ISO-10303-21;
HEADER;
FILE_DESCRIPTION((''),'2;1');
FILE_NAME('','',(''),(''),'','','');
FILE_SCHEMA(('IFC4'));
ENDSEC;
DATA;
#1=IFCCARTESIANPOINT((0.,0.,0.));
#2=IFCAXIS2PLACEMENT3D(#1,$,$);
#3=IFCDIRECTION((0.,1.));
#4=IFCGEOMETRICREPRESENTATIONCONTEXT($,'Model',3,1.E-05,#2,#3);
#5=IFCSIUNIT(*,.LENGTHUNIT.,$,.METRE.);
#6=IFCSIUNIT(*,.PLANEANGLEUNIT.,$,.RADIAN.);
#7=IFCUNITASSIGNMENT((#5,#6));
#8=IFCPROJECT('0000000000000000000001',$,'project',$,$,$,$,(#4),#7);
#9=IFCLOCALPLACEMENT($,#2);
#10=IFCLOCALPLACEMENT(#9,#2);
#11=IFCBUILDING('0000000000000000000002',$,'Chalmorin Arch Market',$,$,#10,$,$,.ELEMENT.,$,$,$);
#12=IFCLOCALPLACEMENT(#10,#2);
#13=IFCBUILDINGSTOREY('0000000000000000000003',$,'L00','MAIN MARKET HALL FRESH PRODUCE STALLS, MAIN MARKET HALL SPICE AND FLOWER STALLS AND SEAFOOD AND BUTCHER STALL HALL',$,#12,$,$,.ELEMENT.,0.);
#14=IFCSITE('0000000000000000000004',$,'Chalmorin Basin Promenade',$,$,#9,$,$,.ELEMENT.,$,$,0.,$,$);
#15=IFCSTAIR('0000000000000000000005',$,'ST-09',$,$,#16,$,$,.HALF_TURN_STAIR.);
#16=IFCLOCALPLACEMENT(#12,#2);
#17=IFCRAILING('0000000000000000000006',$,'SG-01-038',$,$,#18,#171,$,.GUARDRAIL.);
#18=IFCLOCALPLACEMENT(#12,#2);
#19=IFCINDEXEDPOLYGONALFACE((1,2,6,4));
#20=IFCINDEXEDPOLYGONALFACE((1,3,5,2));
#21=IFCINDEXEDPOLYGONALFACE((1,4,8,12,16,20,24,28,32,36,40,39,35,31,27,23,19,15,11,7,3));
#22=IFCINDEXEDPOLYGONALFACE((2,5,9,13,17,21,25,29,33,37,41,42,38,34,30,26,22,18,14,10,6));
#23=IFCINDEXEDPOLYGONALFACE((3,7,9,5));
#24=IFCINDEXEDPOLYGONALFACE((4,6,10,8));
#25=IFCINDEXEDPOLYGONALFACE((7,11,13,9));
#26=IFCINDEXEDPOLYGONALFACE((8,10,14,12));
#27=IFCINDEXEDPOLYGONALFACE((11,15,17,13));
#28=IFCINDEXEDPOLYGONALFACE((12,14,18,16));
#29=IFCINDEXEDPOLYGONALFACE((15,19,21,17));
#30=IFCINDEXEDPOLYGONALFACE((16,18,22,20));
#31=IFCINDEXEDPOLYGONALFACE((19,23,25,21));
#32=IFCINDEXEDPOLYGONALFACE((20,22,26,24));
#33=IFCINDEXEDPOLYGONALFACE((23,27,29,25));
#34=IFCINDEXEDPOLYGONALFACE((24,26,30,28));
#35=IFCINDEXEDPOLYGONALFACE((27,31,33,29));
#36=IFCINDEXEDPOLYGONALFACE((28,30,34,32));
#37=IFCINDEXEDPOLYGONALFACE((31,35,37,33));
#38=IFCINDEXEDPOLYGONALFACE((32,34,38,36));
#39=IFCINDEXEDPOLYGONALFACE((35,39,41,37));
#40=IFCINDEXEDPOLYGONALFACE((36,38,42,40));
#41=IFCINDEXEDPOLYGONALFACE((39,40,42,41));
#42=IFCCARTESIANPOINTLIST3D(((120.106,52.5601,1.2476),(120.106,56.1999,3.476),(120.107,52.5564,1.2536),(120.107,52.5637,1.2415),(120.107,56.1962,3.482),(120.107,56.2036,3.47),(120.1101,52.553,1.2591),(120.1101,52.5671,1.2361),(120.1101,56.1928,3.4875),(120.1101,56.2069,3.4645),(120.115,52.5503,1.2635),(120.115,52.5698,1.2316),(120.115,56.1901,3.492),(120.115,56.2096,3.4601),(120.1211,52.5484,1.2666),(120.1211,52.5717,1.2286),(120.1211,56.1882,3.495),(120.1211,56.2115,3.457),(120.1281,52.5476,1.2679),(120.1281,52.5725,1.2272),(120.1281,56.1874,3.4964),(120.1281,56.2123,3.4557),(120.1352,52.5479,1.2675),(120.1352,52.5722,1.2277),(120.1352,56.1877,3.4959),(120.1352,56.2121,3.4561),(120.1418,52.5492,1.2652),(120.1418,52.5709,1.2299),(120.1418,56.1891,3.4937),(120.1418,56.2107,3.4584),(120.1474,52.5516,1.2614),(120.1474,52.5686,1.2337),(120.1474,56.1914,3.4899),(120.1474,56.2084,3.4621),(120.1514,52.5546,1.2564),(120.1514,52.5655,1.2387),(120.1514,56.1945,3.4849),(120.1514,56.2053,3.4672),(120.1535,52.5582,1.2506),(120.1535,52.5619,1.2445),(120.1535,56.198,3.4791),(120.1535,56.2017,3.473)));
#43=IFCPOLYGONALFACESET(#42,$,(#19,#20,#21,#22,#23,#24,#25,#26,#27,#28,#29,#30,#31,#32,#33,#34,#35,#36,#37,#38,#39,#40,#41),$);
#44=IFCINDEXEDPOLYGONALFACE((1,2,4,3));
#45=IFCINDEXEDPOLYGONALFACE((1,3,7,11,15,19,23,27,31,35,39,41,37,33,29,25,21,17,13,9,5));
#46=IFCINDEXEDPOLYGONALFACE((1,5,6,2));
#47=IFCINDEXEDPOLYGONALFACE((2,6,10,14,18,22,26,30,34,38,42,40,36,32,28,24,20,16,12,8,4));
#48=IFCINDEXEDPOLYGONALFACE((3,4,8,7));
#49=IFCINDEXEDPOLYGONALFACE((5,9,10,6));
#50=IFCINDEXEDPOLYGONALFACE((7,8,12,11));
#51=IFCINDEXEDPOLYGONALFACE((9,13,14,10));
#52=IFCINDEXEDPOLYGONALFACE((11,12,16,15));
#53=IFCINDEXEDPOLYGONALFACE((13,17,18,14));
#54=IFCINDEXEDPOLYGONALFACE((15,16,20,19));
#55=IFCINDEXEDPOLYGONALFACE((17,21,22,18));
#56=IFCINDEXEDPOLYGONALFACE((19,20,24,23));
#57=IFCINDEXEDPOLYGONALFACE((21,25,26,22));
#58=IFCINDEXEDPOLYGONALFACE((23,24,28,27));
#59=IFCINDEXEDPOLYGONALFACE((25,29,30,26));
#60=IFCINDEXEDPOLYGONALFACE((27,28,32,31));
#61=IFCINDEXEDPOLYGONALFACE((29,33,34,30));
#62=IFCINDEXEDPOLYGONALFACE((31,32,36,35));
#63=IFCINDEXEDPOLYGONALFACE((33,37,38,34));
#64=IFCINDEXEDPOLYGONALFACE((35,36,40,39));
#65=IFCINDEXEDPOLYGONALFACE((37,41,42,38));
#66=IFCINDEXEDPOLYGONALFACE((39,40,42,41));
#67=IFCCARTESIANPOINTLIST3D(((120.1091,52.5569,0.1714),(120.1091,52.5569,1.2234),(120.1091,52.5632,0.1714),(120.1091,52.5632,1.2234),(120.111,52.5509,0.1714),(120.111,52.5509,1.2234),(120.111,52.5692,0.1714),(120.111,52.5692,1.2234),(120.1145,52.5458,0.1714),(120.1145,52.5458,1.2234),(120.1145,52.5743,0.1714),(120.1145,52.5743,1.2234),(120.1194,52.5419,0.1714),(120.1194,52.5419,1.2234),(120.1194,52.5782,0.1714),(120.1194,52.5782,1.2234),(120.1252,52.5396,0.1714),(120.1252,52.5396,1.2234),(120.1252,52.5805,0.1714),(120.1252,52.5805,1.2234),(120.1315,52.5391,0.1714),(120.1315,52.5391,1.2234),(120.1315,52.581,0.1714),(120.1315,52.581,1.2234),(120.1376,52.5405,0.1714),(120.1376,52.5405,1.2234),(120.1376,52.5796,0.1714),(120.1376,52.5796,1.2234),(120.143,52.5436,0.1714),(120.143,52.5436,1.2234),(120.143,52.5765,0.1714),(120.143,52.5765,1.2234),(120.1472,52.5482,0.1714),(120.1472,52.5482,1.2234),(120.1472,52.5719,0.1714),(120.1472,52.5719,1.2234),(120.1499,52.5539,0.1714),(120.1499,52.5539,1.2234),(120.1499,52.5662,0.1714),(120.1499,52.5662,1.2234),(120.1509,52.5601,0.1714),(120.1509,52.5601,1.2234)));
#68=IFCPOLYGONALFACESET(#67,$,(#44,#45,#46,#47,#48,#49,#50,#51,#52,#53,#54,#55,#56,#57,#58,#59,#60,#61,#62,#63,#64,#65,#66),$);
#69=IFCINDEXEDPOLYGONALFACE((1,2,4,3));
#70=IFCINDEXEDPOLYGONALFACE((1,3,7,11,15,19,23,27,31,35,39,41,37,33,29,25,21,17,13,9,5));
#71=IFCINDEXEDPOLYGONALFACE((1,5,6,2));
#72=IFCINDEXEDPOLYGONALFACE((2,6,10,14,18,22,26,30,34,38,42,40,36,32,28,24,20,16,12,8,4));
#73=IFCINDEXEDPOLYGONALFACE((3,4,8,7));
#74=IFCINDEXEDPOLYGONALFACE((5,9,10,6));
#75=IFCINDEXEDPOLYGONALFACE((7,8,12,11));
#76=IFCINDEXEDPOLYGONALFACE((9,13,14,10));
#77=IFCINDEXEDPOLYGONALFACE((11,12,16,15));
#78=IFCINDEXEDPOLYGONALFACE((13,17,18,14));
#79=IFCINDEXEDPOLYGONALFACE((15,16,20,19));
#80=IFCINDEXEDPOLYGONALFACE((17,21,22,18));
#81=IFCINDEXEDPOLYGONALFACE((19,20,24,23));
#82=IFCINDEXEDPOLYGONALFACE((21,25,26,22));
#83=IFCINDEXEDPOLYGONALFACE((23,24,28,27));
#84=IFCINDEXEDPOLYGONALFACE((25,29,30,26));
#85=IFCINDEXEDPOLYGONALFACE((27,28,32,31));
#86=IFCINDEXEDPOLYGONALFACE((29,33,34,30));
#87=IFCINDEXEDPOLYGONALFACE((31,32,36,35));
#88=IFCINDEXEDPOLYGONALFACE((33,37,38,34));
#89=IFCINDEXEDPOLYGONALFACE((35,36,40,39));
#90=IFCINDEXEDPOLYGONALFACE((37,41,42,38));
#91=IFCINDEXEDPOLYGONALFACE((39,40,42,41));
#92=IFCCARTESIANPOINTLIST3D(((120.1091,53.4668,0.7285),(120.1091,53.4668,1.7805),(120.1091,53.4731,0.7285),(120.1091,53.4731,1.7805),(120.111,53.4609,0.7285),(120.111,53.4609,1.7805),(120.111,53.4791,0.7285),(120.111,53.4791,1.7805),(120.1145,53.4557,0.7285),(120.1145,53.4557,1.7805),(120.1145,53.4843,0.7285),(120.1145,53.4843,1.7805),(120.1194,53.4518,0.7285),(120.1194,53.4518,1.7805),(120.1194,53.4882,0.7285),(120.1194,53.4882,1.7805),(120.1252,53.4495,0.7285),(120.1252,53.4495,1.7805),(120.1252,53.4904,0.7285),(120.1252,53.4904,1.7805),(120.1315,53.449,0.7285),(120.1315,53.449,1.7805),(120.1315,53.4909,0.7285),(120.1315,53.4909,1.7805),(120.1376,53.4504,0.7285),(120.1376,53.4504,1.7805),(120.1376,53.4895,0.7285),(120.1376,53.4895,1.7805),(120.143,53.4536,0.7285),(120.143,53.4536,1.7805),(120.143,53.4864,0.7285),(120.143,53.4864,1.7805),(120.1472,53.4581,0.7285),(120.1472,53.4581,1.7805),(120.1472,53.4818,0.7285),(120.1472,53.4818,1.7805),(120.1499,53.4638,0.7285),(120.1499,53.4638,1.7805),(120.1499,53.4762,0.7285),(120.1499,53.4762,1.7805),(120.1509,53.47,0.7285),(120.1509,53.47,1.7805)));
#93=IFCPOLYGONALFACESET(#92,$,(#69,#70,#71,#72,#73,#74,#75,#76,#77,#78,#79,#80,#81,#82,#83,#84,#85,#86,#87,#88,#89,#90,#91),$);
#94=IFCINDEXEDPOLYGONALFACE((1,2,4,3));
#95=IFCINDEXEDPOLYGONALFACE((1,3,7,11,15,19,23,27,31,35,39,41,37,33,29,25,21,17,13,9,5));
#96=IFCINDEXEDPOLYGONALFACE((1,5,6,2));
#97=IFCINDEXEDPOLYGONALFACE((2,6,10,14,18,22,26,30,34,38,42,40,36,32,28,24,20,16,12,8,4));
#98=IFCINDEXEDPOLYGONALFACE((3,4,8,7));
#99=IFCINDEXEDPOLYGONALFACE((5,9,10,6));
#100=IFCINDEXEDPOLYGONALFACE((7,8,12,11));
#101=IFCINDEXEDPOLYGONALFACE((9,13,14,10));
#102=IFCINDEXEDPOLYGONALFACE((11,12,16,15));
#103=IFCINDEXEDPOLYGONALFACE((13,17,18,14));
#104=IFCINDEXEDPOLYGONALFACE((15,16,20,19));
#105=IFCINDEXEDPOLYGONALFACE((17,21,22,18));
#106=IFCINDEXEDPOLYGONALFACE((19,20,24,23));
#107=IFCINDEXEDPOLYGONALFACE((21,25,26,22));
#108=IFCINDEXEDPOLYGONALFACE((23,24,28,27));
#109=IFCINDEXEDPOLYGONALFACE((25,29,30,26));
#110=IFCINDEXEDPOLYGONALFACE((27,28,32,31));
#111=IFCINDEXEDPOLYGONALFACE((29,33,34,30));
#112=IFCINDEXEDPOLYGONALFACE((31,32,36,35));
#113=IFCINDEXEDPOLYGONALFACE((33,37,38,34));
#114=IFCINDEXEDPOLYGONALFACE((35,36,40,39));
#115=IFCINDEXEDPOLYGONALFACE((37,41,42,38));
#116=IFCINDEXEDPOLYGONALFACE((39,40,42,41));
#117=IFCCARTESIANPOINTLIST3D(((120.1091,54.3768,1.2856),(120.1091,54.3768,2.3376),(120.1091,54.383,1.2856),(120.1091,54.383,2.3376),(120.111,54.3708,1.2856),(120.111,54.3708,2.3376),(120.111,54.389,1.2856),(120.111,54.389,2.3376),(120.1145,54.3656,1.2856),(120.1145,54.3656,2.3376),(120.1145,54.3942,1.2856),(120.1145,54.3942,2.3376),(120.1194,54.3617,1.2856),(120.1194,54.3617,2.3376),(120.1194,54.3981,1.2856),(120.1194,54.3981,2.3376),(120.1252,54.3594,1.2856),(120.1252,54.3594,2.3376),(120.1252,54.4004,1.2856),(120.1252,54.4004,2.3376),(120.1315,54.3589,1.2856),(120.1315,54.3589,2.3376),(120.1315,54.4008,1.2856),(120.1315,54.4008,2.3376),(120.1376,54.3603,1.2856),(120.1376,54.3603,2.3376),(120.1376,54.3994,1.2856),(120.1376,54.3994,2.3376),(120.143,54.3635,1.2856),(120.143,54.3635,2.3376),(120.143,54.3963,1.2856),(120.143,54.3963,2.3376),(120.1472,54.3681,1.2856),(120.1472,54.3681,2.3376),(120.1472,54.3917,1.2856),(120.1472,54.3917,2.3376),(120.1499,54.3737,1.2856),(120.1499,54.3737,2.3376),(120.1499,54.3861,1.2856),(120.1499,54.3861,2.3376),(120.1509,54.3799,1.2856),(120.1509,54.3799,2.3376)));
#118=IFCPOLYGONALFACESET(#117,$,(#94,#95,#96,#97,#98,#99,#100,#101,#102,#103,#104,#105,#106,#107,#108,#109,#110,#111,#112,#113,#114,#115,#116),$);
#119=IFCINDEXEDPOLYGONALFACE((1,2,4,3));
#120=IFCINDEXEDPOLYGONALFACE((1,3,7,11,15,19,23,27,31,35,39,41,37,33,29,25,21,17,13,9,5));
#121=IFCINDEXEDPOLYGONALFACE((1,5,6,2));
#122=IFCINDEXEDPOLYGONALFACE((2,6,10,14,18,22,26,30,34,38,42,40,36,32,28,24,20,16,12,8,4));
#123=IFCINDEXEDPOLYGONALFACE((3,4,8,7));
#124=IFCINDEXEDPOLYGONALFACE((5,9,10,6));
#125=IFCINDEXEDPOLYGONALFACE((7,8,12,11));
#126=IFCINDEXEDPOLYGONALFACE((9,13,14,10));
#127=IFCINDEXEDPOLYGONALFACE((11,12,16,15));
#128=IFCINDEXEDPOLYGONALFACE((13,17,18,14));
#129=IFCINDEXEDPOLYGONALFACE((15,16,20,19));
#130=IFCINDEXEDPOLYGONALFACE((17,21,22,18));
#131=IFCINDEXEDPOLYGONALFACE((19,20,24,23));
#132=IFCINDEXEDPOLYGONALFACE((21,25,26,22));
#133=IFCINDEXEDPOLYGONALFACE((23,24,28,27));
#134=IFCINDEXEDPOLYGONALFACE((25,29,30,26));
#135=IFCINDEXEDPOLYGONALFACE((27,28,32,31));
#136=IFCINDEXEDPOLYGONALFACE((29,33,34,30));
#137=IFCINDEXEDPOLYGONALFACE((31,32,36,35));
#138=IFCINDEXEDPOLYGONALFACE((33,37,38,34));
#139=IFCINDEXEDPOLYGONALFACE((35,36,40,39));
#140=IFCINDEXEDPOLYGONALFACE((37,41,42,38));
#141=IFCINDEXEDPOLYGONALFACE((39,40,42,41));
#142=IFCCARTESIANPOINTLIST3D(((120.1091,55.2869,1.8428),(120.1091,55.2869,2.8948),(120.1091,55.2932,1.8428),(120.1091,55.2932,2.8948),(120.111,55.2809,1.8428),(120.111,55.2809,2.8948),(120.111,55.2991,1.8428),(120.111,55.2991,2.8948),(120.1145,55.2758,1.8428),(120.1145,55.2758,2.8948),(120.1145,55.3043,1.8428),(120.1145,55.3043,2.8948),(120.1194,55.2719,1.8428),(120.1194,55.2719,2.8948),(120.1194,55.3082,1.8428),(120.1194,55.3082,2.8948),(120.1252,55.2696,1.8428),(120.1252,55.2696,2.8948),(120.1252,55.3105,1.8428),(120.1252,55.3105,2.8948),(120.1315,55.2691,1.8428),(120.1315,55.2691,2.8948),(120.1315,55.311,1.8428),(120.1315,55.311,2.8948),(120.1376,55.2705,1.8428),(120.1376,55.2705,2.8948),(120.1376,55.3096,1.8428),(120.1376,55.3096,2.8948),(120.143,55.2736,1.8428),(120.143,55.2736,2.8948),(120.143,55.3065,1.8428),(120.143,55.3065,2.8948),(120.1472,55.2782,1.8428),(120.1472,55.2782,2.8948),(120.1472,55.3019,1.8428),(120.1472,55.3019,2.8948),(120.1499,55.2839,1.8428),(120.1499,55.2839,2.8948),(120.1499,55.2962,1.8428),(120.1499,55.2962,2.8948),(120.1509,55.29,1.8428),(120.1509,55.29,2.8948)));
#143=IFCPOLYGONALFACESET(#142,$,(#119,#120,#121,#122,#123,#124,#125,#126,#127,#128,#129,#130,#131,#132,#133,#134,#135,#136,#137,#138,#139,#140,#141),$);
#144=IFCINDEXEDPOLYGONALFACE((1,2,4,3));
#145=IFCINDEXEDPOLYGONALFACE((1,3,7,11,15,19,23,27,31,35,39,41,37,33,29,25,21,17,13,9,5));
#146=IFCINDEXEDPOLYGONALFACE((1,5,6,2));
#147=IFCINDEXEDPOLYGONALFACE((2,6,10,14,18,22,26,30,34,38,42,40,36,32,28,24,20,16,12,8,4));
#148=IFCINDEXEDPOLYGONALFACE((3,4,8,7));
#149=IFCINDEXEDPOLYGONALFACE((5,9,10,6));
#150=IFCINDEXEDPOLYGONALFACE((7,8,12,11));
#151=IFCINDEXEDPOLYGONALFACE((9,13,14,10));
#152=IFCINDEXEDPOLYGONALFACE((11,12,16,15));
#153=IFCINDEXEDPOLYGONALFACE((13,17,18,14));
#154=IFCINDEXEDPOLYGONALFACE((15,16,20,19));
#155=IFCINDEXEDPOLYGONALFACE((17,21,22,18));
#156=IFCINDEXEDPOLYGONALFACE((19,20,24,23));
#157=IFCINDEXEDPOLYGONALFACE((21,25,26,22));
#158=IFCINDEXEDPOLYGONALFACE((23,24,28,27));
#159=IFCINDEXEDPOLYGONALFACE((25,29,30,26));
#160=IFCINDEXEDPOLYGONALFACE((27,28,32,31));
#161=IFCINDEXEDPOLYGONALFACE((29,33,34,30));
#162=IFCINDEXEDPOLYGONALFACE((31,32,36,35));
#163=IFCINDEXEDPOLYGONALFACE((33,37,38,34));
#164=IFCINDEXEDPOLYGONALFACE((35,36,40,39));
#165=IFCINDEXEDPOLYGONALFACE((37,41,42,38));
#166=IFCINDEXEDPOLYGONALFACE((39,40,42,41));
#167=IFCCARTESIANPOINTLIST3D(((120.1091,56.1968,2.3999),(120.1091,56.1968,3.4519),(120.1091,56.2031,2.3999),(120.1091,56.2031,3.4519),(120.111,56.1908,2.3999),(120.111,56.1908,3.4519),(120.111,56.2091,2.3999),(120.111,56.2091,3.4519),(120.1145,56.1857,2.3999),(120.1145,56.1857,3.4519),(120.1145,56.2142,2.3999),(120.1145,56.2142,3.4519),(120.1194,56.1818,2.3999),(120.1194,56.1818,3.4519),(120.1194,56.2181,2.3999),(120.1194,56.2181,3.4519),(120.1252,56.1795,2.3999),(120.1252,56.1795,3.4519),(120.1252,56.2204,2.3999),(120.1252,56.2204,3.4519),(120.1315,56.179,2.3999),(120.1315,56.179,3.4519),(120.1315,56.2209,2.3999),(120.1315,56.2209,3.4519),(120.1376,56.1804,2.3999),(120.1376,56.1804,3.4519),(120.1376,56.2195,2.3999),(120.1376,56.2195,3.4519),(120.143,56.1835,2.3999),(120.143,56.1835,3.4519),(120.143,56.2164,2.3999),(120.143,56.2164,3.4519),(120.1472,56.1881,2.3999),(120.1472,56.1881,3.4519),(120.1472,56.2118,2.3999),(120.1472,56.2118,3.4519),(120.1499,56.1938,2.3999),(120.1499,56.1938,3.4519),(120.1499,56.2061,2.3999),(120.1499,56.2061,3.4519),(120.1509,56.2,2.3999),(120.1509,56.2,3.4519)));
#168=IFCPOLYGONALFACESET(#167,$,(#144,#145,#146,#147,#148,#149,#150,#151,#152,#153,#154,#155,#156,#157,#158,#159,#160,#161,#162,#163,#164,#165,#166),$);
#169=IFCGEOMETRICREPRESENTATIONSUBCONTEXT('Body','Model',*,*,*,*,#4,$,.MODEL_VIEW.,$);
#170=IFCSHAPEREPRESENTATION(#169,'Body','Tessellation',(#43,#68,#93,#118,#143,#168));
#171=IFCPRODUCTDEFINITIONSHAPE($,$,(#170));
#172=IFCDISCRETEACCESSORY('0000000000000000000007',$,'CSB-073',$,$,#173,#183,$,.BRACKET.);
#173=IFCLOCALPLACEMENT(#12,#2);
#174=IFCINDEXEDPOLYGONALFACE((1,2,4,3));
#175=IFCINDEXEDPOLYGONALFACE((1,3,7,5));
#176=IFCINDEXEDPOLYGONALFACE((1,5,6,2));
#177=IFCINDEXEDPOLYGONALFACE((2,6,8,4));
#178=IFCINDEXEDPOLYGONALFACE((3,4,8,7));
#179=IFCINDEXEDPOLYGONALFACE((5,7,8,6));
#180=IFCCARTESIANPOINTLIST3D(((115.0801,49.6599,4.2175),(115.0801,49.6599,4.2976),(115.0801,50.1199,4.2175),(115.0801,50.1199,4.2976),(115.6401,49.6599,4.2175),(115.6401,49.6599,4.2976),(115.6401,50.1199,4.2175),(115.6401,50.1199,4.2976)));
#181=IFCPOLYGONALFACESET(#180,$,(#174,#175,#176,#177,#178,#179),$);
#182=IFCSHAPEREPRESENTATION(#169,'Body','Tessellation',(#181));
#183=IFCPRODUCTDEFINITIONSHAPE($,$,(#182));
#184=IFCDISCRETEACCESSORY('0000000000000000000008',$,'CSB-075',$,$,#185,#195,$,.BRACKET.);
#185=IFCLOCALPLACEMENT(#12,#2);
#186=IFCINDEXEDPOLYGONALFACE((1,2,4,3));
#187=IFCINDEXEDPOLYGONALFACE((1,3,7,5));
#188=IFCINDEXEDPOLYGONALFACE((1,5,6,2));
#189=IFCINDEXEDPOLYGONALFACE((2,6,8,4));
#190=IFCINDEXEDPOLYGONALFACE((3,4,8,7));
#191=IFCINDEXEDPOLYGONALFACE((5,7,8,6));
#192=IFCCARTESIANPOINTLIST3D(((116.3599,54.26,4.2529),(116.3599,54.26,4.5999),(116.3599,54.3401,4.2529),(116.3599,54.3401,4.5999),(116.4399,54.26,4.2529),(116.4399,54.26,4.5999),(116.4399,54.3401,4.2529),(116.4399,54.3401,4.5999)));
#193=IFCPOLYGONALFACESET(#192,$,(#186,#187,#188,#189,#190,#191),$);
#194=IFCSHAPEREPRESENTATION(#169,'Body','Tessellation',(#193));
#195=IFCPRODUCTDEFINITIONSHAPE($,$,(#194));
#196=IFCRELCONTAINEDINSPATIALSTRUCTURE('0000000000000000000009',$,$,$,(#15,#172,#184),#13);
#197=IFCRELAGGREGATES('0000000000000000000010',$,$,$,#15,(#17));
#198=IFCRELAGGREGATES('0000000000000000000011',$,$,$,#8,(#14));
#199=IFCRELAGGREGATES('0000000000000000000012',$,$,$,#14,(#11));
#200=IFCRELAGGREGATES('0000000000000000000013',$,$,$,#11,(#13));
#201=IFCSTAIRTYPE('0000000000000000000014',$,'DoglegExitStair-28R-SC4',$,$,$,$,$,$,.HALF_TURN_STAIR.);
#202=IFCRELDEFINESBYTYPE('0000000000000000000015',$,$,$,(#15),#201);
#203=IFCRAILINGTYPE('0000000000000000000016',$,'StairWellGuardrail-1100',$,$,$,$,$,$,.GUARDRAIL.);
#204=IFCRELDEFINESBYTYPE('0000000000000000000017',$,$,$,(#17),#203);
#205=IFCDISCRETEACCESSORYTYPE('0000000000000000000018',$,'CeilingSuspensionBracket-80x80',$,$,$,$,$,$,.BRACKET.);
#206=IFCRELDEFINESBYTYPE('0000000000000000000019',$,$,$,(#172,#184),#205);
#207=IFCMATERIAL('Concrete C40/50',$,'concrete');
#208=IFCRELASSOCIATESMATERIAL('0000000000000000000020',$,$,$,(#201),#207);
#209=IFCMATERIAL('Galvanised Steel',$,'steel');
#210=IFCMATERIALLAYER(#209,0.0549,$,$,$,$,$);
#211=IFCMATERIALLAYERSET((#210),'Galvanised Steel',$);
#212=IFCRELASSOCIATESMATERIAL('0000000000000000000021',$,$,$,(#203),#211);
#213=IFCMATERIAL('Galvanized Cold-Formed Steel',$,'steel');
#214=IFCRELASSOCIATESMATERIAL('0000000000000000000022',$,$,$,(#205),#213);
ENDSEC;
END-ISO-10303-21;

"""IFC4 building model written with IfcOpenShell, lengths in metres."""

from ifc_helpers import new_model, si_unit, direction, frame, origin, origin_2d, place, context, subcontext, project, spatial, rectangle, circle, extrude, material, layer, layer_set, type_object, element, aggregate, save


model = new_model("IFC4")

# Units and contexts
model_context = context("Model", 3, precision=1e-05, world=origin(), true_north=direction((0.0, 1.0)))
body_context = subcontext(model_context, "Body", "Model", "MODEL_VIEW")
ifc_project = project(units=[si_unit("LENGTHUNIT", "METRE"), si_unit("PLANEANGLEUNIT", "RADIAN")], contexts=[model_context])

# Site, building, storey
site_placement = place(None, origin())
site = spatial("IfcSite", under=ifc_project, at=site_placement, Name="Chalmorin Basin Promenade", CompositionType="ELEMENT", RefElevation=0.0)
building_placement = place(site_placement, origin())
building = spatial("IfcBuilding", under=site, at=building_placement, Name="Chalmorin Arch Market", CompositionType="ELEMENT")
storey_placement = place(building_placement, origin())
storey = spatial("IfcBuildingStorey", under=building, at=storey_placement, Name="L00", Description="MAIN MARKET HALL FRESH PRODUCE STALLS, MAIN MARKET HALL SPICE AND FLOWER STALLS AND SEAFOOD AND BUTCHER STALL HALL", CompositionType="ELEMENT", Elevation=0.0)

# Shared definitions
ifc_material_1 = material(Name="Concrete C40/50", Category="concrete")

# Shared definitions
ifc_material_2 = material(Name="Galvanised Steel", Category="steel")

# Stair, railing
stair_type = type_object("IfcStairType", Name="DoglegExitStair-28R-SC4", PredefinedType="HALF_TURN_STAIR", material=ifc_material_1)
stair_placement = place(storey_placement, origin())
stair = element("IfcStair", 1, at=stair_placement, inside=storey, type_object=stair_type, Name="ST-09", PredefinedType="HALF_TURN_STAIR")
ifc_layer_1 = layer(ifc_material_2, 0.0549)
ifc_layer_set_1 = layer_set([ifc_layer_1], Name="Galvanised Steel")
railing_type_1 = type_object("IfcRailingType", Name="StairWellGuardrail-1100", PredefinedType="GUARDRAIL", material=ifc_layer_set_1)
railing_1_placement = place(storey_placement, frame((120.1299, 52.5601, 0.1714)))
railing_1 = element("IfcRailing", 2, at=railing_1_placement, type_object=railing_type_1, Name="SG-01-038", PredefinedType="GUARDRAIL", context=body_context, shape_type="SweptSolid", body=[
    extrude(circle(Radius=0.0239, at=origin_2d()), frame((0.0, 0.0, 1.0762), z_axis=(0.0, 0.85285, 0.522156), x_axis=(-1.0, 0.0, 0.0)), (0.0, 0.0, 1.0), 4.2678),
    extrude(circle(Radius=0.021, at=origin_2d()), origin(), (0.0, 0.0, 1.0), 1.052),
    extrude(circle(Radius=0.021, at=origin_2d()), frame((0.0, 0.9099, 0.5571)), (0.0, 0.0, 1.0), 1.052),
    extrude(circle(Radius=0.021, at=origin_2d()), frame((0.0, 1.8198, 1.1143)), (0.0, 0.0, 1.0), 1.052),
    extrude(circle(Radius=0.021, at=origin_2d()), frame((0.0, 2.73, 1.6714)), (0.0, 0.0, 1.0), 1.052),
    extrude(circle(Radius=0.021, at=origin_2d()), frame((0.0, 3.6399, 2.2285)), (0.0, 0.0, 1.0), 1.052),
])
aggregate(stair, [railing_1])

# Discrete accessories
ifc_material_3 = material(Name="Galvanized Cold-Formed Steel", Category="steel")
discrete_accessory_type = type_object("IfcDiscreteAccessoryType", Name="CeilingSuspensionBracket-80x80", PredefinedType="BRACKET", material=ifc_material_3)
discrete_accessory_1_placement = place(storey_placement, frame((115.3601, 49.8899, 4.2175), z_axis=(0.0, 0.0, 1.0), x_axis=(1.0, 0.0, 0.0)))
element("IfcDiscreteAccessory", 3, at=discrete_accessory_1_placement, inside=storey, type_object=discrete_accessory_type, Name="CSB-073", PredefinedType="BRACKET", context=body_context, shape_type="SweptSolid", body=[
    extrude(rectangle(XDim=0.5601, YDim=0.46, at=origin_2d()), origin(), (0.0, 0.0, 1.0), 0.0801),
])
discrete_accessory_2_placement = place(storey_placement, frame((116.3999, 54.3, 4.2529), z_axis=(0.0, 0.0, 1.0), x_axis=(1.0, 0.0, 0.0)))
element("IfcDiscreteAccessory", 4, at=discrete_accessory_2_placement, inside=storey, type_object=discrete_accessory_type, Name="CSB-075", PredefinedType="BRACKET", context=body_context, shape_type="SweptSolid", body=[
    extrude(rectangle(XDim=0.0801, YDim=0.0801, at=origin_2d()), origin(), (0.0, 0.0, 1.0), 0.3469),
])

save(model, "model.ifc")
